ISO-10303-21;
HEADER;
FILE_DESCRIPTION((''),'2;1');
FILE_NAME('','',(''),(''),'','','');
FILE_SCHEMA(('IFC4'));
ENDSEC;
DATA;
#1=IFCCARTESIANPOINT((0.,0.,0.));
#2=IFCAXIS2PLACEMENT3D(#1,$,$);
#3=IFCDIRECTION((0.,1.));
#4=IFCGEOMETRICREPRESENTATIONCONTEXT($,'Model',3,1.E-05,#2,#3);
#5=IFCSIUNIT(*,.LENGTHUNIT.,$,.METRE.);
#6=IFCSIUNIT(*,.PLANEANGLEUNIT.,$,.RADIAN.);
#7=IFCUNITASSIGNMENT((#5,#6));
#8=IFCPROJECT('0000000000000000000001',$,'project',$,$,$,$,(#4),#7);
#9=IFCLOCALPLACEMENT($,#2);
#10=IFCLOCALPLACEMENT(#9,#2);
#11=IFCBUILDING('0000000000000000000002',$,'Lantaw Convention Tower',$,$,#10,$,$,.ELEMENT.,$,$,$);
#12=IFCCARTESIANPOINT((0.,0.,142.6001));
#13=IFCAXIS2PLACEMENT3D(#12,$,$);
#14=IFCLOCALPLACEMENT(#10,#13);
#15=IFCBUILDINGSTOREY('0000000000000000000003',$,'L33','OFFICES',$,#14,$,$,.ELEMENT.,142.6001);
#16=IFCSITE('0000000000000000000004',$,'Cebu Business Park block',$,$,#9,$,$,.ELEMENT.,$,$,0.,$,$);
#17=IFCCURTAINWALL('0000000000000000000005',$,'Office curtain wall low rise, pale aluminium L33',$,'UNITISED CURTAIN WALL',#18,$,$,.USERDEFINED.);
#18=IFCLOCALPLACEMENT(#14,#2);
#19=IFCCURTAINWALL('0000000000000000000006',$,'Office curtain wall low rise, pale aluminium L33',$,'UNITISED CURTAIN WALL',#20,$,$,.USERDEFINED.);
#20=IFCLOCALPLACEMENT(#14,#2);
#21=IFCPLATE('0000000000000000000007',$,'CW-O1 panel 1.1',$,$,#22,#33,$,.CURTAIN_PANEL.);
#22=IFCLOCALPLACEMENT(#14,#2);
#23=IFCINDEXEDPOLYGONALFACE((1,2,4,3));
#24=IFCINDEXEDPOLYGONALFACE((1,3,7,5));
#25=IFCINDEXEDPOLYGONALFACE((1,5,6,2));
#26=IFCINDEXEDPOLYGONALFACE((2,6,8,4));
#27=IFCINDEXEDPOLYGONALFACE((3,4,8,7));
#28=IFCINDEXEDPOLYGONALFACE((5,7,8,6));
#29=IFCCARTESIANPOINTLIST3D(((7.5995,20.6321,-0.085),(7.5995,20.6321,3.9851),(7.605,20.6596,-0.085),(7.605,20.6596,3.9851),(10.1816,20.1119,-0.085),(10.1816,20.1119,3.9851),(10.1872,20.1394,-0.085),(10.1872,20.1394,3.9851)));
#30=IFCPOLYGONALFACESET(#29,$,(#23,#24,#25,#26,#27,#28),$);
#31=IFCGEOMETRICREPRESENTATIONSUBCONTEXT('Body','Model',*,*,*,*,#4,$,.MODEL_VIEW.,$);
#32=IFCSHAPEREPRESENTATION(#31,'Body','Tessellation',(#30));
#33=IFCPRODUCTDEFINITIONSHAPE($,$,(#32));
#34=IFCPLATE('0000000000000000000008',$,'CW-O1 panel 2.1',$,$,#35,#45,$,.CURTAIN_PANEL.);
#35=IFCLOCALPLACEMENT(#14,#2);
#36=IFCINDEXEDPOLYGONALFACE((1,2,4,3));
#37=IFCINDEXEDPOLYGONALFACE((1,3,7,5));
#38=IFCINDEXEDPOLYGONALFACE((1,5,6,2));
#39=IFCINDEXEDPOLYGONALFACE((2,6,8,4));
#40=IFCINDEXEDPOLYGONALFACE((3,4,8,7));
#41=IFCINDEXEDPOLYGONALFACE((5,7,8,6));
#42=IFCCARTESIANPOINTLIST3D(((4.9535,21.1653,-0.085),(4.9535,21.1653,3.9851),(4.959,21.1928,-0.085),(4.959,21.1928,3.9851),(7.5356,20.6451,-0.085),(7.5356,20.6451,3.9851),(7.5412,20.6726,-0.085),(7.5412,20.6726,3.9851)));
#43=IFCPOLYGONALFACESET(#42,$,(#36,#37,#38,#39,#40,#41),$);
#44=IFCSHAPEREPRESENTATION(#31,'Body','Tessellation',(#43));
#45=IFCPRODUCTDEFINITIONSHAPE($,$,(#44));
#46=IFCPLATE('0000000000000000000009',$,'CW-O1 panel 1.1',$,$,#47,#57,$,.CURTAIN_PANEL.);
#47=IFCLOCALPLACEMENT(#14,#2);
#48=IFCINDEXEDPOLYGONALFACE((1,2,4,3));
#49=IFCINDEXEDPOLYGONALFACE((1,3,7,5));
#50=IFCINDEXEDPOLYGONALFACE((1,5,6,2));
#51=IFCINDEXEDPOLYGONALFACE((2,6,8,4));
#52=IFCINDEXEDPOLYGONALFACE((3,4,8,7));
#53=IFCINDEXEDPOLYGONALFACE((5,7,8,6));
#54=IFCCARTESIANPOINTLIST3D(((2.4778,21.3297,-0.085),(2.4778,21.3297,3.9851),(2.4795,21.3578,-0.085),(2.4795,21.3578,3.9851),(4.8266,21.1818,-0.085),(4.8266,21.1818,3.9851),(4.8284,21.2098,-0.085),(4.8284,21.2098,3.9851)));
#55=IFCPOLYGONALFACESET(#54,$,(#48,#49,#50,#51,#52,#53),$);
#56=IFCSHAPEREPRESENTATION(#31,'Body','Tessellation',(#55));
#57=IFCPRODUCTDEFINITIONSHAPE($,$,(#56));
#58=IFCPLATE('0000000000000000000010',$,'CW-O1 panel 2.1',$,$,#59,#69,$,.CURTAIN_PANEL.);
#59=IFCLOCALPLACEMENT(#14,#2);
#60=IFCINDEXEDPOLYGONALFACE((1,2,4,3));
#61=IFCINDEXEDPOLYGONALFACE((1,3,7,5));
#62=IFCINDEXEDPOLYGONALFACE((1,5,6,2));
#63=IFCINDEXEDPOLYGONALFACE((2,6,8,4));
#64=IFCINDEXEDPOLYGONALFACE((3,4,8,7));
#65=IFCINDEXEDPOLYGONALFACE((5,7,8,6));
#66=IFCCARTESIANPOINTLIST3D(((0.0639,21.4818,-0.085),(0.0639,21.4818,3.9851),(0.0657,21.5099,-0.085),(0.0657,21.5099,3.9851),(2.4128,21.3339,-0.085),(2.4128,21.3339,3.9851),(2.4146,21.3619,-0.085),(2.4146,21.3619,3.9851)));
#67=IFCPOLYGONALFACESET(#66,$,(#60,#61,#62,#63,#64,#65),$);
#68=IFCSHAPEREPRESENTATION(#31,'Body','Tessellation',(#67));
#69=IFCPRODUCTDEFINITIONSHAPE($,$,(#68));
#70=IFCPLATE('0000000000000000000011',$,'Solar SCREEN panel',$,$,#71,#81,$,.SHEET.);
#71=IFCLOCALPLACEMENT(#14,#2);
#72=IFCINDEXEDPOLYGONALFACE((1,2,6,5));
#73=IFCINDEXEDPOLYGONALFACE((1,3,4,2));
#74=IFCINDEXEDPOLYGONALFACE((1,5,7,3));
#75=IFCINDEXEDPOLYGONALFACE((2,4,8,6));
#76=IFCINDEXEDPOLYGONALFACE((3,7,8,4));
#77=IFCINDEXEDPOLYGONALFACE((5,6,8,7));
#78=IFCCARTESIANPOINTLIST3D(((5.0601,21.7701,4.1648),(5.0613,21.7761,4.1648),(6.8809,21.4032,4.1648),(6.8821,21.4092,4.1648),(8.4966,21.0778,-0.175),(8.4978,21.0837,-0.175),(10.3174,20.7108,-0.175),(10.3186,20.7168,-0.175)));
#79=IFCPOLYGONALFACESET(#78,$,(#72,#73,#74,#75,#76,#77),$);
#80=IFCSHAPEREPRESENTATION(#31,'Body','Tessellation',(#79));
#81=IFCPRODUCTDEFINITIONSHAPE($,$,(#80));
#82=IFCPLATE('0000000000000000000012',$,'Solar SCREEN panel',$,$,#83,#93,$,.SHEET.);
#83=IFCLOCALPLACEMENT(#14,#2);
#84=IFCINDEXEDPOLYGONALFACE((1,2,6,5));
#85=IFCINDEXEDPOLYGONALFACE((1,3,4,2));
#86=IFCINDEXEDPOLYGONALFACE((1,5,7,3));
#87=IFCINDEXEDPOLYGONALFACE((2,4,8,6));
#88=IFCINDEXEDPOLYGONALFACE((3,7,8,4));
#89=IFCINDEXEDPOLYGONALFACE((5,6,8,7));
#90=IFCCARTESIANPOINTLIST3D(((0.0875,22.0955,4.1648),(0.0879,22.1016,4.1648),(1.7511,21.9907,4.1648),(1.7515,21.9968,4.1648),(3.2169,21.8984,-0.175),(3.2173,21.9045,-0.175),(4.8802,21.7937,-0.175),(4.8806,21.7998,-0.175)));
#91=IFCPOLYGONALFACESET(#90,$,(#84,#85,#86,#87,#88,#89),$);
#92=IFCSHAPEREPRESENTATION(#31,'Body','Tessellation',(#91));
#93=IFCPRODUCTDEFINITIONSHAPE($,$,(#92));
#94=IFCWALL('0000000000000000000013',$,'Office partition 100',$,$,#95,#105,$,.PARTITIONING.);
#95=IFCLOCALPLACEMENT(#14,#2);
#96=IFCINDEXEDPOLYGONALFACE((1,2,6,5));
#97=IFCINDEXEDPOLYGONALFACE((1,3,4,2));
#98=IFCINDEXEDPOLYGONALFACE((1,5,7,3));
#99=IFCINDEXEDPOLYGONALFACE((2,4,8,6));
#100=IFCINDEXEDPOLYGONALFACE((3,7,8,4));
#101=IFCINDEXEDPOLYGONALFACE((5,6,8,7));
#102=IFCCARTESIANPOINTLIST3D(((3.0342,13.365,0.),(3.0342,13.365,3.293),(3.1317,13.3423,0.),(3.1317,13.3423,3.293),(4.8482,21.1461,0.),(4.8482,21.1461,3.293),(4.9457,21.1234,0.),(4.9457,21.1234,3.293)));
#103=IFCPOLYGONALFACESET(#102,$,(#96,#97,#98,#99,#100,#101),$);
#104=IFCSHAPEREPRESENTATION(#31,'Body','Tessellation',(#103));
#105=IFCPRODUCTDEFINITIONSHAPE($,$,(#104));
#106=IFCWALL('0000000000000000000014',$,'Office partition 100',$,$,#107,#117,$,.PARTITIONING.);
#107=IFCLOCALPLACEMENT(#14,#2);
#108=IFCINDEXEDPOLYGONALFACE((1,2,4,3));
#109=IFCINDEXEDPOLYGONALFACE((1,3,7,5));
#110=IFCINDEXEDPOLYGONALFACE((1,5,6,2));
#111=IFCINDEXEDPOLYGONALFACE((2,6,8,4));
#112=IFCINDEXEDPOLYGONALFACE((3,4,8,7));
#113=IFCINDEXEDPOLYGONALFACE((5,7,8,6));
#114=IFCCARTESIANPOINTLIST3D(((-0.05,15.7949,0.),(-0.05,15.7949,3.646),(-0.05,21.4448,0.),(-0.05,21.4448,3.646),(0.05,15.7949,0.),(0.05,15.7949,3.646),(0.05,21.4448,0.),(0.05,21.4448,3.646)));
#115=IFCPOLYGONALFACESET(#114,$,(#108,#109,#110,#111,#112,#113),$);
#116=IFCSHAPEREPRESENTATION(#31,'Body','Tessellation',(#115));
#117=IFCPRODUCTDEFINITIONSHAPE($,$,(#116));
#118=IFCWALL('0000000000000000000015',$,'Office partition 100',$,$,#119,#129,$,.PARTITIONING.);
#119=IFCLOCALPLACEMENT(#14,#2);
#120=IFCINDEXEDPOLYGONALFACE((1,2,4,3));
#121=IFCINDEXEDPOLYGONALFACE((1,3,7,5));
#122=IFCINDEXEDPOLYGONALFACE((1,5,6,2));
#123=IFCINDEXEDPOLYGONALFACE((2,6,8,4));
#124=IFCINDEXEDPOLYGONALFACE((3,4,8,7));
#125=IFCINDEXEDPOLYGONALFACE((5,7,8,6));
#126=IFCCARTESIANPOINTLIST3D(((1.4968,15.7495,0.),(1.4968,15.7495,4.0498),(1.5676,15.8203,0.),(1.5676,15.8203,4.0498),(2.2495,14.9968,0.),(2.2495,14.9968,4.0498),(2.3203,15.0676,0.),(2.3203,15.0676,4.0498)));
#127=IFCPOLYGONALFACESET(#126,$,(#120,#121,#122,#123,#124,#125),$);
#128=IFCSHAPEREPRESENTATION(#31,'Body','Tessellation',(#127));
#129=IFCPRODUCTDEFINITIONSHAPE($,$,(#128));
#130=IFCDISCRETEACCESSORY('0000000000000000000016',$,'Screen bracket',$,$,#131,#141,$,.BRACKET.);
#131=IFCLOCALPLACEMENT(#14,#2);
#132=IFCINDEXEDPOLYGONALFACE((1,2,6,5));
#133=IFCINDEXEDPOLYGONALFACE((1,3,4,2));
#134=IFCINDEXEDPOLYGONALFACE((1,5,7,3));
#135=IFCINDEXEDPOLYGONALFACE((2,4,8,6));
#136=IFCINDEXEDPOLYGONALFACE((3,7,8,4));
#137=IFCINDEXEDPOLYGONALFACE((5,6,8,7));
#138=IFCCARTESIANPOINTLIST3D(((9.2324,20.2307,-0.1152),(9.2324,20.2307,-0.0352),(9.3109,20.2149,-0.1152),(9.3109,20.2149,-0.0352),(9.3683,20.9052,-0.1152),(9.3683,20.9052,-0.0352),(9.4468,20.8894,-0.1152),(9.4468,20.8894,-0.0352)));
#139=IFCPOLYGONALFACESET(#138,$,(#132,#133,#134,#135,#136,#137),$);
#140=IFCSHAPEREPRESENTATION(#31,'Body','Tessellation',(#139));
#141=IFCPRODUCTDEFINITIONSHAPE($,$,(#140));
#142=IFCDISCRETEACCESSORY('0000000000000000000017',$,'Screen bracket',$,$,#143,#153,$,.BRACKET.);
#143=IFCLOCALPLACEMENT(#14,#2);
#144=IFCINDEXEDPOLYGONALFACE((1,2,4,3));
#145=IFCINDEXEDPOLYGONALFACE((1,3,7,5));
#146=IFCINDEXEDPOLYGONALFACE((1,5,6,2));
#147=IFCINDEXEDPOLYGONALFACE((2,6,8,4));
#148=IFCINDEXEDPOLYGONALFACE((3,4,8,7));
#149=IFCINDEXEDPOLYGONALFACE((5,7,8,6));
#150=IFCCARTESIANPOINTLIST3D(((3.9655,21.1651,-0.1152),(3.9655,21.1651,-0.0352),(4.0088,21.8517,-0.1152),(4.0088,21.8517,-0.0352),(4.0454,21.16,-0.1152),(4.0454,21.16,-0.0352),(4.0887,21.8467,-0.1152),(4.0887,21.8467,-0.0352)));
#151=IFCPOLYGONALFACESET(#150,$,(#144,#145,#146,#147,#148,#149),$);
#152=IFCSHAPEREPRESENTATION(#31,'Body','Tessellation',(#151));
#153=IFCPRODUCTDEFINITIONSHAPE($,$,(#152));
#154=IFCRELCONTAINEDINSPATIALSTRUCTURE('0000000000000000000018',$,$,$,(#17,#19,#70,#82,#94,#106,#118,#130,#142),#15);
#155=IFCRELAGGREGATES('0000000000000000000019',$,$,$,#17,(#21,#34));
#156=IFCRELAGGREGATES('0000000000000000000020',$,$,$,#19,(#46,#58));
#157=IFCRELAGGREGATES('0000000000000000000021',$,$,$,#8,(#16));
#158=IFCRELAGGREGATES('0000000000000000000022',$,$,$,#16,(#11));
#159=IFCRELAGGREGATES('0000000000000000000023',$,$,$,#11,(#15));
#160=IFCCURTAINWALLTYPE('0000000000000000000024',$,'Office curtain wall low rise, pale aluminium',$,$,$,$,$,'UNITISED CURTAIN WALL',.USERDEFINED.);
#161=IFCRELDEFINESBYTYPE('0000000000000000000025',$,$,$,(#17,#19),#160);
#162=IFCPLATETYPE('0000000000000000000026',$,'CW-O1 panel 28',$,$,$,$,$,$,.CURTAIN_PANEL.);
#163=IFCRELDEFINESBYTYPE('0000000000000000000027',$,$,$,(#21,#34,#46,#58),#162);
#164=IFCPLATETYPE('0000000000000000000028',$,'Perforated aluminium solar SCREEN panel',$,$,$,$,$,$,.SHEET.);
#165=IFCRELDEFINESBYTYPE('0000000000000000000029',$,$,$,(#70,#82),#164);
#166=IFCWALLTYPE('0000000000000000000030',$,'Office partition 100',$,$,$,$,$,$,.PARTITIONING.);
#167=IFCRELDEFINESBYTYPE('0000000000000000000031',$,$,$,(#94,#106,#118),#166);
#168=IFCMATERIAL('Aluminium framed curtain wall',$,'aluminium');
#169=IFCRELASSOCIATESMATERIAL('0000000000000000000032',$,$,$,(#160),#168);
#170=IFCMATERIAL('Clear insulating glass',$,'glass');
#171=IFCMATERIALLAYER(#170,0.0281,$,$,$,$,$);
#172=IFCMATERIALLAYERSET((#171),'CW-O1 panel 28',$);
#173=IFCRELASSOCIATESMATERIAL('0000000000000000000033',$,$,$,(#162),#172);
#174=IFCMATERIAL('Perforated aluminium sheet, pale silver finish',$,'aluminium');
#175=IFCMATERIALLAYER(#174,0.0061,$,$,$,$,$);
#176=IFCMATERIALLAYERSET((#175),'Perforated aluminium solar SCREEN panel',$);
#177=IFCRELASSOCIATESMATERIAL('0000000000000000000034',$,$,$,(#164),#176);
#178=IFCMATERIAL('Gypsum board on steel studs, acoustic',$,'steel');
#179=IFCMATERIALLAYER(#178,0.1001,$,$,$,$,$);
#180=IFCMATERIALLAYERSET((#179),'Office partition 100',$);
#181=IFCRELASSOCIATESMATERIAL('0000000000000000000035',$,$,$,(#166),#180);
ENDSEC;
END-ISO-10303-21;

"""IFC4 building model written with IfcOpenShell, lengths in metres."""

from ifc_helpers import new_model, si_unit, direction, frame, frame_2d, origin, origin_2d, place, context, subcontext, project, spatial, polyline, rectangle, outline, extrude, material, layer, layer_set, type_object, element, aggregate, save


model = new_model("IFC4")

# Units and contexts
model_context = context("Model", 3, precision=1e-05, world=origin(), true_north=direction((0.0, 1.0)))
body_context = subcontext(model_context, "Body", "Model", "MODEL_VIEW")
ifc_project = project(units=[si_unit("LENGTHUNIT", "METRE"), si_unit("PLANEANGLEUNIT", "RADIAN")], contexts=[model_context])

# Site, building, storey
site_placement = place(None, origin())
site = spatial("IfcSite", under=ifc_project, at=site_placement, Name="Cebu Business Park block", CompositionType="ELEMENT", RefElevation=0.0)
building_placement = place(site_placement, origin())
building = spatial("IfcBuilding", under=site, at=building_placement, Name="Lantaw Convention Tower", CompositionType="ELEMENT")
storey_placement = place(building_placement, frame((0.0, 0.0, 142.6001)))
storey = spatial("IfcBuildingStorey", under=building, at=storey_placement, Name="L33", Description="OFFICES", CompositionType="ELEMENT", Elevation=142.6001)

# Shared definitions
ifc_material_1 = material(Name="Aluminium framed curtain wall", Category="aluminium")
curtain_wall_type = type_object("IfcCurtainWallType", Name="Office curtain wall low rise, pale aluminium", ElementType="UNITISED CURTAIN WALL", PredefinedType="USERDEFINED", material=ifc_material_1)

# Curtain walls
curtain_wall_1_placement = place(storey_placement, origin())
curtain_wall_1 = element("IfcCurtainWall", 1, at=curtain_wall_1_placement, inside=storey, type_object=curtain_wall_type, Name="Office curtain wall low rise, pale aluminium L33", ObjectType="UNITISED CURTAIN WALL", PredefinedType="USERDEFINED")
curtain_wall_2_placement = place(storey_placement, origin())
curtain_wall_2 = element("IfcCurtainWall", 2, at=curtain_wall_2_placement, inside=storey, type_object=curtain_wall_type, Name="Office curtain wall low rise, pale aluminium L33", ObjectType="UNITISED CURTAIN WALL", PredefinedType="USERDEFINED")

# Plates
ifc_material_2 = material(Name="Clear insulating glass", Category="glass")
ifc_layer_1 = layer(ifc_material_2, 0.0281)
ifc_layer_set_1 = layer_set([ifc_layer_1], Name="CW-O1 panel 28")
plate_type_1 = type_object("IfcPlateType", Name="CW-O1 panel 28", PredefinedType="CURTAIN_PANEL", material=ifc_layer_set_1)
plate_1_placement = place(storey_placement, frame((8.8933, 20.3857, -0.085), z_axis=(0.0, 0.0, 1.0), x_axis=(-0.980302, 0.197507, 0.0)))
plate_1 = element("IfcPlate", 3, at=plate_1_placement, type_object=plate_type_1, Name="CW-O1 panel 1.1", PredefinedType="CURTAIN_PANEL", context=body_context, shape_type="SweptSolid", body=[
    extrude(rectangle(XDim=2.634, YDim=0.0281, at=origin_2d()), origin(), (0.0, 0.0, 1.0), 4.0701),
])
plate_2_placement = place(storey_placement, frame((6.2473, 20.9189, -0.085), z_axis=(0.0, 0.0, 1.0), x_axis=(-0.980302, 0.197507, 0.0)))
plate_2 = element("IfcPlate", 4, at=plate_2_placement, type_object=plate_type_1, Name="CW-O1 panel 2.1", PredefinedType="CURTAIN_PANEL", context=body_context, shape_type="SweptSolid", body=[
    extrude(rectangle(XDim=2.634, YDim=0.0281, at=origin_2d()), origin(), (0.0, 0.0, 1.0), 4.0701),
])
aggregate(curtain_wall_1, [plate_1, plate_2])
plate_3_placement = place(storey_placement, frame((3.6531, 21.2698, -0.085), z_axis=(0.0, 0.0, 1.0), x_axis=(-0.998022, 0.062865, 0.0)))
plate_3 = element("IfcPlate", 5, at=plate_3_placement, type_object=plate_type_1, Name="CW-O1 panel 1.1", PredefinedType="CURTAIN_PANEL", context=body_context, shape_type="SweptSolid", body=[
    extrude(rectangle(XDim=2.3535, YDim=0.0281, at=origin_2d()), origin(), (0.0, 0.0, 1.0), 4.0701),
])
plate_4_placement = place(storey_placement, frame((1.2393, 21.4219, -0.085), z_axis=(0.0, 0.0, 1.0), x_axis=(-0.998022, 0.062865, 0.0)))
plate_4 = element("IfcPlate", 6, at=plate_4_placement, type_object=plate_type_1, Name="CW-O1 panel 2.1", PredefinedType="CURTAIN_PANEL", context=body_context, shape_type="SweptSolid", body=[
    extrude(rectangle(XDim=2.3535, YDim=0.0281, at=origin_2d()), origin(), (0.0, 0.0, 1.0), 4.0701),
])
aggregate(curtain_wall_2, [plate_3, plate_4])

# Plates
ifc_material_3 = material(Name="Perforated aluminium sheet, pale silver finish", Category="aluminium")
ifc_layer_2 = layer(ifc_material_3, 0.0061)
ifc_layer_set_2 = layer_set([ifc_layer_2], Name="Perforated aluminium solar SCREEN panel")
plate_type_2 = type_object("IfcPlateType", Name="Perforated aluminium solar SCREEN panel", PredefinedType="SHEET", material=ifc_layer_set_2)
plate_5_placement = place(storey_placement, frame((10.3186, 20.7168, -0.175), z_axis=(0.197557, 0.980291, 0.000039), x_axis=(-0.980291, 0.197557, 0.0)))
element("IfcPlate", 7, at=plate_5_placement, inside=storey, type_object=plate_type_2, Name="Solar SCREEN panel", PredefinedType="SHEET", context=body_context, shape_type="SweptSolid", body=[
    extrude(outline(polyline([(0.0, 0.0), (1.8574, 0.0), (5.363, 4.3398), (3.5056, 4.3398), (0.0, 0.0)])), origin(), (0.0, 0.0, -1.0), 0.0061),
])
plate_6_placement = place(storey_placement, frame((4.8806, 21.7998, -0.175), z_axis=(0.062839, 0.998024, 0.000002), x_axis=(-0.998024, 0.062839, 0.0)))
element("IfcPlate", 8, at=plate_6_placement, inside=storey, type_object=plate_type_2, Name="Solar SCREEN panel", PredefinedType="SHEET", context=body_context, shape_type="SweptSolid", body=[
    extrude(outline(polyline([(0.0, 0.0), (1.6666, 0.0), (4.8022, 4.3398), (3.1353, 4.3398), (0.0, 0.0)])), origin(), (0.0, 0.0, -1.0), 0.0061),
])

# Walls
ifc_material_4 = material(Name="Gypsum board on steel studs, acoustic", Category="steel")
ifc_layer_3 = layer(ifc_material_4, 0.1001)
ifc_layer_set_3 = layer_set([ifc_layer_3], Name="Office partition 100")
wall_type = type_object("IfcWallType", Name="Office partition 100", PredefinedType="PARTITIONING", material=ifc_layer_set_3)
wall_1_placement = place(storey_placement, frame((4.897, 21.1348, 0.0), z_axis=(0.0, 0.0, 1.0), x_axis=(-0.227039, -0.973886, 0.0)))
element("IfcWall", 9, at=wall_1_placement, inside=storey, type_object=wall_type, Name="Office partition 100", PredefinedType="PARTITIONING", context=body_context, shape_type="SweptSolid", body=[
    extrude(rectangle(XDim=7.9897, YDim=0.1001, at=frame_2d((3.9949, 0.0))), origin(), (0.0, 0.0, 1.0), 3.293),
])
wall_2_placement = place(storey_placement, frame((0.0, 21.4448, 0.0), z_axis=(0.0, 0.0, 1.0), x_axis=(0.0, -1.0, 0.0)))
element("IfcWall", 10, at=wall_2_placement, inside=storey, type_object=wall_type, Name="Office partition 100", PredefinedType="PARTITIONING", context=body_context, shape_type="SweptSolid", body=[
    extrude(rectangle(XDim=5.6499, YDim=0.1001, at=frame_2d((2.825, 0.0))), origin(), (0.0, 0.0, 1.0), 3.646),
])
wall_3_placement = place(storey_placement, frame((1.5322, 15.7849, 0.0), z_axis=(0.0, 0.0, 1.0), x_axis=(0.707107, -0.707107, 0.0)))
element("IfcWall", 11, at=wall_3_placement, inside=storey, type_object=wall_type, Name="Office partition 100", PredefinedType="PARTITIONING", context=body_context, shape_type="SweptSolid", body=[
    extrude(rectangle(XDim=1.0645, YDim=0.1001, at=frame_2d((0.5322, 0.0))), origin(), (0.0, 0.0, 1.0), 4.0498),
])

# Discrete accessories
for number, where, z_axis, x_axis, name in (
    (12, (9.3396, 20.5601, -0.1152), (0.0, 0.0, 1.0), (-0.980302, 0.197507, 0.0), "Screen bracket"),
    (13, (4.0271, 21.5059, -0.1152), (0.0, 0.0, 1.0), (-0.998022, 0.062865, 0.0), "Screen bracket"),
):
    element("IfcDiscreteAccessory", number, at=place(storey_placement, frame(where, z_axis=z_axis, x_axis=x_axis)), inside=storey, Name=name, PredefinedType="BRACKET", context=body_context, shape_type="SweptSolid", body=[
        extrude(rectangle(XDim=0.0801, YDim=0.688, at=origin_2d()), origin(), (0.0, 0.0, 1.0), 0.0801),
    ])

save(model, "model.ifc")
